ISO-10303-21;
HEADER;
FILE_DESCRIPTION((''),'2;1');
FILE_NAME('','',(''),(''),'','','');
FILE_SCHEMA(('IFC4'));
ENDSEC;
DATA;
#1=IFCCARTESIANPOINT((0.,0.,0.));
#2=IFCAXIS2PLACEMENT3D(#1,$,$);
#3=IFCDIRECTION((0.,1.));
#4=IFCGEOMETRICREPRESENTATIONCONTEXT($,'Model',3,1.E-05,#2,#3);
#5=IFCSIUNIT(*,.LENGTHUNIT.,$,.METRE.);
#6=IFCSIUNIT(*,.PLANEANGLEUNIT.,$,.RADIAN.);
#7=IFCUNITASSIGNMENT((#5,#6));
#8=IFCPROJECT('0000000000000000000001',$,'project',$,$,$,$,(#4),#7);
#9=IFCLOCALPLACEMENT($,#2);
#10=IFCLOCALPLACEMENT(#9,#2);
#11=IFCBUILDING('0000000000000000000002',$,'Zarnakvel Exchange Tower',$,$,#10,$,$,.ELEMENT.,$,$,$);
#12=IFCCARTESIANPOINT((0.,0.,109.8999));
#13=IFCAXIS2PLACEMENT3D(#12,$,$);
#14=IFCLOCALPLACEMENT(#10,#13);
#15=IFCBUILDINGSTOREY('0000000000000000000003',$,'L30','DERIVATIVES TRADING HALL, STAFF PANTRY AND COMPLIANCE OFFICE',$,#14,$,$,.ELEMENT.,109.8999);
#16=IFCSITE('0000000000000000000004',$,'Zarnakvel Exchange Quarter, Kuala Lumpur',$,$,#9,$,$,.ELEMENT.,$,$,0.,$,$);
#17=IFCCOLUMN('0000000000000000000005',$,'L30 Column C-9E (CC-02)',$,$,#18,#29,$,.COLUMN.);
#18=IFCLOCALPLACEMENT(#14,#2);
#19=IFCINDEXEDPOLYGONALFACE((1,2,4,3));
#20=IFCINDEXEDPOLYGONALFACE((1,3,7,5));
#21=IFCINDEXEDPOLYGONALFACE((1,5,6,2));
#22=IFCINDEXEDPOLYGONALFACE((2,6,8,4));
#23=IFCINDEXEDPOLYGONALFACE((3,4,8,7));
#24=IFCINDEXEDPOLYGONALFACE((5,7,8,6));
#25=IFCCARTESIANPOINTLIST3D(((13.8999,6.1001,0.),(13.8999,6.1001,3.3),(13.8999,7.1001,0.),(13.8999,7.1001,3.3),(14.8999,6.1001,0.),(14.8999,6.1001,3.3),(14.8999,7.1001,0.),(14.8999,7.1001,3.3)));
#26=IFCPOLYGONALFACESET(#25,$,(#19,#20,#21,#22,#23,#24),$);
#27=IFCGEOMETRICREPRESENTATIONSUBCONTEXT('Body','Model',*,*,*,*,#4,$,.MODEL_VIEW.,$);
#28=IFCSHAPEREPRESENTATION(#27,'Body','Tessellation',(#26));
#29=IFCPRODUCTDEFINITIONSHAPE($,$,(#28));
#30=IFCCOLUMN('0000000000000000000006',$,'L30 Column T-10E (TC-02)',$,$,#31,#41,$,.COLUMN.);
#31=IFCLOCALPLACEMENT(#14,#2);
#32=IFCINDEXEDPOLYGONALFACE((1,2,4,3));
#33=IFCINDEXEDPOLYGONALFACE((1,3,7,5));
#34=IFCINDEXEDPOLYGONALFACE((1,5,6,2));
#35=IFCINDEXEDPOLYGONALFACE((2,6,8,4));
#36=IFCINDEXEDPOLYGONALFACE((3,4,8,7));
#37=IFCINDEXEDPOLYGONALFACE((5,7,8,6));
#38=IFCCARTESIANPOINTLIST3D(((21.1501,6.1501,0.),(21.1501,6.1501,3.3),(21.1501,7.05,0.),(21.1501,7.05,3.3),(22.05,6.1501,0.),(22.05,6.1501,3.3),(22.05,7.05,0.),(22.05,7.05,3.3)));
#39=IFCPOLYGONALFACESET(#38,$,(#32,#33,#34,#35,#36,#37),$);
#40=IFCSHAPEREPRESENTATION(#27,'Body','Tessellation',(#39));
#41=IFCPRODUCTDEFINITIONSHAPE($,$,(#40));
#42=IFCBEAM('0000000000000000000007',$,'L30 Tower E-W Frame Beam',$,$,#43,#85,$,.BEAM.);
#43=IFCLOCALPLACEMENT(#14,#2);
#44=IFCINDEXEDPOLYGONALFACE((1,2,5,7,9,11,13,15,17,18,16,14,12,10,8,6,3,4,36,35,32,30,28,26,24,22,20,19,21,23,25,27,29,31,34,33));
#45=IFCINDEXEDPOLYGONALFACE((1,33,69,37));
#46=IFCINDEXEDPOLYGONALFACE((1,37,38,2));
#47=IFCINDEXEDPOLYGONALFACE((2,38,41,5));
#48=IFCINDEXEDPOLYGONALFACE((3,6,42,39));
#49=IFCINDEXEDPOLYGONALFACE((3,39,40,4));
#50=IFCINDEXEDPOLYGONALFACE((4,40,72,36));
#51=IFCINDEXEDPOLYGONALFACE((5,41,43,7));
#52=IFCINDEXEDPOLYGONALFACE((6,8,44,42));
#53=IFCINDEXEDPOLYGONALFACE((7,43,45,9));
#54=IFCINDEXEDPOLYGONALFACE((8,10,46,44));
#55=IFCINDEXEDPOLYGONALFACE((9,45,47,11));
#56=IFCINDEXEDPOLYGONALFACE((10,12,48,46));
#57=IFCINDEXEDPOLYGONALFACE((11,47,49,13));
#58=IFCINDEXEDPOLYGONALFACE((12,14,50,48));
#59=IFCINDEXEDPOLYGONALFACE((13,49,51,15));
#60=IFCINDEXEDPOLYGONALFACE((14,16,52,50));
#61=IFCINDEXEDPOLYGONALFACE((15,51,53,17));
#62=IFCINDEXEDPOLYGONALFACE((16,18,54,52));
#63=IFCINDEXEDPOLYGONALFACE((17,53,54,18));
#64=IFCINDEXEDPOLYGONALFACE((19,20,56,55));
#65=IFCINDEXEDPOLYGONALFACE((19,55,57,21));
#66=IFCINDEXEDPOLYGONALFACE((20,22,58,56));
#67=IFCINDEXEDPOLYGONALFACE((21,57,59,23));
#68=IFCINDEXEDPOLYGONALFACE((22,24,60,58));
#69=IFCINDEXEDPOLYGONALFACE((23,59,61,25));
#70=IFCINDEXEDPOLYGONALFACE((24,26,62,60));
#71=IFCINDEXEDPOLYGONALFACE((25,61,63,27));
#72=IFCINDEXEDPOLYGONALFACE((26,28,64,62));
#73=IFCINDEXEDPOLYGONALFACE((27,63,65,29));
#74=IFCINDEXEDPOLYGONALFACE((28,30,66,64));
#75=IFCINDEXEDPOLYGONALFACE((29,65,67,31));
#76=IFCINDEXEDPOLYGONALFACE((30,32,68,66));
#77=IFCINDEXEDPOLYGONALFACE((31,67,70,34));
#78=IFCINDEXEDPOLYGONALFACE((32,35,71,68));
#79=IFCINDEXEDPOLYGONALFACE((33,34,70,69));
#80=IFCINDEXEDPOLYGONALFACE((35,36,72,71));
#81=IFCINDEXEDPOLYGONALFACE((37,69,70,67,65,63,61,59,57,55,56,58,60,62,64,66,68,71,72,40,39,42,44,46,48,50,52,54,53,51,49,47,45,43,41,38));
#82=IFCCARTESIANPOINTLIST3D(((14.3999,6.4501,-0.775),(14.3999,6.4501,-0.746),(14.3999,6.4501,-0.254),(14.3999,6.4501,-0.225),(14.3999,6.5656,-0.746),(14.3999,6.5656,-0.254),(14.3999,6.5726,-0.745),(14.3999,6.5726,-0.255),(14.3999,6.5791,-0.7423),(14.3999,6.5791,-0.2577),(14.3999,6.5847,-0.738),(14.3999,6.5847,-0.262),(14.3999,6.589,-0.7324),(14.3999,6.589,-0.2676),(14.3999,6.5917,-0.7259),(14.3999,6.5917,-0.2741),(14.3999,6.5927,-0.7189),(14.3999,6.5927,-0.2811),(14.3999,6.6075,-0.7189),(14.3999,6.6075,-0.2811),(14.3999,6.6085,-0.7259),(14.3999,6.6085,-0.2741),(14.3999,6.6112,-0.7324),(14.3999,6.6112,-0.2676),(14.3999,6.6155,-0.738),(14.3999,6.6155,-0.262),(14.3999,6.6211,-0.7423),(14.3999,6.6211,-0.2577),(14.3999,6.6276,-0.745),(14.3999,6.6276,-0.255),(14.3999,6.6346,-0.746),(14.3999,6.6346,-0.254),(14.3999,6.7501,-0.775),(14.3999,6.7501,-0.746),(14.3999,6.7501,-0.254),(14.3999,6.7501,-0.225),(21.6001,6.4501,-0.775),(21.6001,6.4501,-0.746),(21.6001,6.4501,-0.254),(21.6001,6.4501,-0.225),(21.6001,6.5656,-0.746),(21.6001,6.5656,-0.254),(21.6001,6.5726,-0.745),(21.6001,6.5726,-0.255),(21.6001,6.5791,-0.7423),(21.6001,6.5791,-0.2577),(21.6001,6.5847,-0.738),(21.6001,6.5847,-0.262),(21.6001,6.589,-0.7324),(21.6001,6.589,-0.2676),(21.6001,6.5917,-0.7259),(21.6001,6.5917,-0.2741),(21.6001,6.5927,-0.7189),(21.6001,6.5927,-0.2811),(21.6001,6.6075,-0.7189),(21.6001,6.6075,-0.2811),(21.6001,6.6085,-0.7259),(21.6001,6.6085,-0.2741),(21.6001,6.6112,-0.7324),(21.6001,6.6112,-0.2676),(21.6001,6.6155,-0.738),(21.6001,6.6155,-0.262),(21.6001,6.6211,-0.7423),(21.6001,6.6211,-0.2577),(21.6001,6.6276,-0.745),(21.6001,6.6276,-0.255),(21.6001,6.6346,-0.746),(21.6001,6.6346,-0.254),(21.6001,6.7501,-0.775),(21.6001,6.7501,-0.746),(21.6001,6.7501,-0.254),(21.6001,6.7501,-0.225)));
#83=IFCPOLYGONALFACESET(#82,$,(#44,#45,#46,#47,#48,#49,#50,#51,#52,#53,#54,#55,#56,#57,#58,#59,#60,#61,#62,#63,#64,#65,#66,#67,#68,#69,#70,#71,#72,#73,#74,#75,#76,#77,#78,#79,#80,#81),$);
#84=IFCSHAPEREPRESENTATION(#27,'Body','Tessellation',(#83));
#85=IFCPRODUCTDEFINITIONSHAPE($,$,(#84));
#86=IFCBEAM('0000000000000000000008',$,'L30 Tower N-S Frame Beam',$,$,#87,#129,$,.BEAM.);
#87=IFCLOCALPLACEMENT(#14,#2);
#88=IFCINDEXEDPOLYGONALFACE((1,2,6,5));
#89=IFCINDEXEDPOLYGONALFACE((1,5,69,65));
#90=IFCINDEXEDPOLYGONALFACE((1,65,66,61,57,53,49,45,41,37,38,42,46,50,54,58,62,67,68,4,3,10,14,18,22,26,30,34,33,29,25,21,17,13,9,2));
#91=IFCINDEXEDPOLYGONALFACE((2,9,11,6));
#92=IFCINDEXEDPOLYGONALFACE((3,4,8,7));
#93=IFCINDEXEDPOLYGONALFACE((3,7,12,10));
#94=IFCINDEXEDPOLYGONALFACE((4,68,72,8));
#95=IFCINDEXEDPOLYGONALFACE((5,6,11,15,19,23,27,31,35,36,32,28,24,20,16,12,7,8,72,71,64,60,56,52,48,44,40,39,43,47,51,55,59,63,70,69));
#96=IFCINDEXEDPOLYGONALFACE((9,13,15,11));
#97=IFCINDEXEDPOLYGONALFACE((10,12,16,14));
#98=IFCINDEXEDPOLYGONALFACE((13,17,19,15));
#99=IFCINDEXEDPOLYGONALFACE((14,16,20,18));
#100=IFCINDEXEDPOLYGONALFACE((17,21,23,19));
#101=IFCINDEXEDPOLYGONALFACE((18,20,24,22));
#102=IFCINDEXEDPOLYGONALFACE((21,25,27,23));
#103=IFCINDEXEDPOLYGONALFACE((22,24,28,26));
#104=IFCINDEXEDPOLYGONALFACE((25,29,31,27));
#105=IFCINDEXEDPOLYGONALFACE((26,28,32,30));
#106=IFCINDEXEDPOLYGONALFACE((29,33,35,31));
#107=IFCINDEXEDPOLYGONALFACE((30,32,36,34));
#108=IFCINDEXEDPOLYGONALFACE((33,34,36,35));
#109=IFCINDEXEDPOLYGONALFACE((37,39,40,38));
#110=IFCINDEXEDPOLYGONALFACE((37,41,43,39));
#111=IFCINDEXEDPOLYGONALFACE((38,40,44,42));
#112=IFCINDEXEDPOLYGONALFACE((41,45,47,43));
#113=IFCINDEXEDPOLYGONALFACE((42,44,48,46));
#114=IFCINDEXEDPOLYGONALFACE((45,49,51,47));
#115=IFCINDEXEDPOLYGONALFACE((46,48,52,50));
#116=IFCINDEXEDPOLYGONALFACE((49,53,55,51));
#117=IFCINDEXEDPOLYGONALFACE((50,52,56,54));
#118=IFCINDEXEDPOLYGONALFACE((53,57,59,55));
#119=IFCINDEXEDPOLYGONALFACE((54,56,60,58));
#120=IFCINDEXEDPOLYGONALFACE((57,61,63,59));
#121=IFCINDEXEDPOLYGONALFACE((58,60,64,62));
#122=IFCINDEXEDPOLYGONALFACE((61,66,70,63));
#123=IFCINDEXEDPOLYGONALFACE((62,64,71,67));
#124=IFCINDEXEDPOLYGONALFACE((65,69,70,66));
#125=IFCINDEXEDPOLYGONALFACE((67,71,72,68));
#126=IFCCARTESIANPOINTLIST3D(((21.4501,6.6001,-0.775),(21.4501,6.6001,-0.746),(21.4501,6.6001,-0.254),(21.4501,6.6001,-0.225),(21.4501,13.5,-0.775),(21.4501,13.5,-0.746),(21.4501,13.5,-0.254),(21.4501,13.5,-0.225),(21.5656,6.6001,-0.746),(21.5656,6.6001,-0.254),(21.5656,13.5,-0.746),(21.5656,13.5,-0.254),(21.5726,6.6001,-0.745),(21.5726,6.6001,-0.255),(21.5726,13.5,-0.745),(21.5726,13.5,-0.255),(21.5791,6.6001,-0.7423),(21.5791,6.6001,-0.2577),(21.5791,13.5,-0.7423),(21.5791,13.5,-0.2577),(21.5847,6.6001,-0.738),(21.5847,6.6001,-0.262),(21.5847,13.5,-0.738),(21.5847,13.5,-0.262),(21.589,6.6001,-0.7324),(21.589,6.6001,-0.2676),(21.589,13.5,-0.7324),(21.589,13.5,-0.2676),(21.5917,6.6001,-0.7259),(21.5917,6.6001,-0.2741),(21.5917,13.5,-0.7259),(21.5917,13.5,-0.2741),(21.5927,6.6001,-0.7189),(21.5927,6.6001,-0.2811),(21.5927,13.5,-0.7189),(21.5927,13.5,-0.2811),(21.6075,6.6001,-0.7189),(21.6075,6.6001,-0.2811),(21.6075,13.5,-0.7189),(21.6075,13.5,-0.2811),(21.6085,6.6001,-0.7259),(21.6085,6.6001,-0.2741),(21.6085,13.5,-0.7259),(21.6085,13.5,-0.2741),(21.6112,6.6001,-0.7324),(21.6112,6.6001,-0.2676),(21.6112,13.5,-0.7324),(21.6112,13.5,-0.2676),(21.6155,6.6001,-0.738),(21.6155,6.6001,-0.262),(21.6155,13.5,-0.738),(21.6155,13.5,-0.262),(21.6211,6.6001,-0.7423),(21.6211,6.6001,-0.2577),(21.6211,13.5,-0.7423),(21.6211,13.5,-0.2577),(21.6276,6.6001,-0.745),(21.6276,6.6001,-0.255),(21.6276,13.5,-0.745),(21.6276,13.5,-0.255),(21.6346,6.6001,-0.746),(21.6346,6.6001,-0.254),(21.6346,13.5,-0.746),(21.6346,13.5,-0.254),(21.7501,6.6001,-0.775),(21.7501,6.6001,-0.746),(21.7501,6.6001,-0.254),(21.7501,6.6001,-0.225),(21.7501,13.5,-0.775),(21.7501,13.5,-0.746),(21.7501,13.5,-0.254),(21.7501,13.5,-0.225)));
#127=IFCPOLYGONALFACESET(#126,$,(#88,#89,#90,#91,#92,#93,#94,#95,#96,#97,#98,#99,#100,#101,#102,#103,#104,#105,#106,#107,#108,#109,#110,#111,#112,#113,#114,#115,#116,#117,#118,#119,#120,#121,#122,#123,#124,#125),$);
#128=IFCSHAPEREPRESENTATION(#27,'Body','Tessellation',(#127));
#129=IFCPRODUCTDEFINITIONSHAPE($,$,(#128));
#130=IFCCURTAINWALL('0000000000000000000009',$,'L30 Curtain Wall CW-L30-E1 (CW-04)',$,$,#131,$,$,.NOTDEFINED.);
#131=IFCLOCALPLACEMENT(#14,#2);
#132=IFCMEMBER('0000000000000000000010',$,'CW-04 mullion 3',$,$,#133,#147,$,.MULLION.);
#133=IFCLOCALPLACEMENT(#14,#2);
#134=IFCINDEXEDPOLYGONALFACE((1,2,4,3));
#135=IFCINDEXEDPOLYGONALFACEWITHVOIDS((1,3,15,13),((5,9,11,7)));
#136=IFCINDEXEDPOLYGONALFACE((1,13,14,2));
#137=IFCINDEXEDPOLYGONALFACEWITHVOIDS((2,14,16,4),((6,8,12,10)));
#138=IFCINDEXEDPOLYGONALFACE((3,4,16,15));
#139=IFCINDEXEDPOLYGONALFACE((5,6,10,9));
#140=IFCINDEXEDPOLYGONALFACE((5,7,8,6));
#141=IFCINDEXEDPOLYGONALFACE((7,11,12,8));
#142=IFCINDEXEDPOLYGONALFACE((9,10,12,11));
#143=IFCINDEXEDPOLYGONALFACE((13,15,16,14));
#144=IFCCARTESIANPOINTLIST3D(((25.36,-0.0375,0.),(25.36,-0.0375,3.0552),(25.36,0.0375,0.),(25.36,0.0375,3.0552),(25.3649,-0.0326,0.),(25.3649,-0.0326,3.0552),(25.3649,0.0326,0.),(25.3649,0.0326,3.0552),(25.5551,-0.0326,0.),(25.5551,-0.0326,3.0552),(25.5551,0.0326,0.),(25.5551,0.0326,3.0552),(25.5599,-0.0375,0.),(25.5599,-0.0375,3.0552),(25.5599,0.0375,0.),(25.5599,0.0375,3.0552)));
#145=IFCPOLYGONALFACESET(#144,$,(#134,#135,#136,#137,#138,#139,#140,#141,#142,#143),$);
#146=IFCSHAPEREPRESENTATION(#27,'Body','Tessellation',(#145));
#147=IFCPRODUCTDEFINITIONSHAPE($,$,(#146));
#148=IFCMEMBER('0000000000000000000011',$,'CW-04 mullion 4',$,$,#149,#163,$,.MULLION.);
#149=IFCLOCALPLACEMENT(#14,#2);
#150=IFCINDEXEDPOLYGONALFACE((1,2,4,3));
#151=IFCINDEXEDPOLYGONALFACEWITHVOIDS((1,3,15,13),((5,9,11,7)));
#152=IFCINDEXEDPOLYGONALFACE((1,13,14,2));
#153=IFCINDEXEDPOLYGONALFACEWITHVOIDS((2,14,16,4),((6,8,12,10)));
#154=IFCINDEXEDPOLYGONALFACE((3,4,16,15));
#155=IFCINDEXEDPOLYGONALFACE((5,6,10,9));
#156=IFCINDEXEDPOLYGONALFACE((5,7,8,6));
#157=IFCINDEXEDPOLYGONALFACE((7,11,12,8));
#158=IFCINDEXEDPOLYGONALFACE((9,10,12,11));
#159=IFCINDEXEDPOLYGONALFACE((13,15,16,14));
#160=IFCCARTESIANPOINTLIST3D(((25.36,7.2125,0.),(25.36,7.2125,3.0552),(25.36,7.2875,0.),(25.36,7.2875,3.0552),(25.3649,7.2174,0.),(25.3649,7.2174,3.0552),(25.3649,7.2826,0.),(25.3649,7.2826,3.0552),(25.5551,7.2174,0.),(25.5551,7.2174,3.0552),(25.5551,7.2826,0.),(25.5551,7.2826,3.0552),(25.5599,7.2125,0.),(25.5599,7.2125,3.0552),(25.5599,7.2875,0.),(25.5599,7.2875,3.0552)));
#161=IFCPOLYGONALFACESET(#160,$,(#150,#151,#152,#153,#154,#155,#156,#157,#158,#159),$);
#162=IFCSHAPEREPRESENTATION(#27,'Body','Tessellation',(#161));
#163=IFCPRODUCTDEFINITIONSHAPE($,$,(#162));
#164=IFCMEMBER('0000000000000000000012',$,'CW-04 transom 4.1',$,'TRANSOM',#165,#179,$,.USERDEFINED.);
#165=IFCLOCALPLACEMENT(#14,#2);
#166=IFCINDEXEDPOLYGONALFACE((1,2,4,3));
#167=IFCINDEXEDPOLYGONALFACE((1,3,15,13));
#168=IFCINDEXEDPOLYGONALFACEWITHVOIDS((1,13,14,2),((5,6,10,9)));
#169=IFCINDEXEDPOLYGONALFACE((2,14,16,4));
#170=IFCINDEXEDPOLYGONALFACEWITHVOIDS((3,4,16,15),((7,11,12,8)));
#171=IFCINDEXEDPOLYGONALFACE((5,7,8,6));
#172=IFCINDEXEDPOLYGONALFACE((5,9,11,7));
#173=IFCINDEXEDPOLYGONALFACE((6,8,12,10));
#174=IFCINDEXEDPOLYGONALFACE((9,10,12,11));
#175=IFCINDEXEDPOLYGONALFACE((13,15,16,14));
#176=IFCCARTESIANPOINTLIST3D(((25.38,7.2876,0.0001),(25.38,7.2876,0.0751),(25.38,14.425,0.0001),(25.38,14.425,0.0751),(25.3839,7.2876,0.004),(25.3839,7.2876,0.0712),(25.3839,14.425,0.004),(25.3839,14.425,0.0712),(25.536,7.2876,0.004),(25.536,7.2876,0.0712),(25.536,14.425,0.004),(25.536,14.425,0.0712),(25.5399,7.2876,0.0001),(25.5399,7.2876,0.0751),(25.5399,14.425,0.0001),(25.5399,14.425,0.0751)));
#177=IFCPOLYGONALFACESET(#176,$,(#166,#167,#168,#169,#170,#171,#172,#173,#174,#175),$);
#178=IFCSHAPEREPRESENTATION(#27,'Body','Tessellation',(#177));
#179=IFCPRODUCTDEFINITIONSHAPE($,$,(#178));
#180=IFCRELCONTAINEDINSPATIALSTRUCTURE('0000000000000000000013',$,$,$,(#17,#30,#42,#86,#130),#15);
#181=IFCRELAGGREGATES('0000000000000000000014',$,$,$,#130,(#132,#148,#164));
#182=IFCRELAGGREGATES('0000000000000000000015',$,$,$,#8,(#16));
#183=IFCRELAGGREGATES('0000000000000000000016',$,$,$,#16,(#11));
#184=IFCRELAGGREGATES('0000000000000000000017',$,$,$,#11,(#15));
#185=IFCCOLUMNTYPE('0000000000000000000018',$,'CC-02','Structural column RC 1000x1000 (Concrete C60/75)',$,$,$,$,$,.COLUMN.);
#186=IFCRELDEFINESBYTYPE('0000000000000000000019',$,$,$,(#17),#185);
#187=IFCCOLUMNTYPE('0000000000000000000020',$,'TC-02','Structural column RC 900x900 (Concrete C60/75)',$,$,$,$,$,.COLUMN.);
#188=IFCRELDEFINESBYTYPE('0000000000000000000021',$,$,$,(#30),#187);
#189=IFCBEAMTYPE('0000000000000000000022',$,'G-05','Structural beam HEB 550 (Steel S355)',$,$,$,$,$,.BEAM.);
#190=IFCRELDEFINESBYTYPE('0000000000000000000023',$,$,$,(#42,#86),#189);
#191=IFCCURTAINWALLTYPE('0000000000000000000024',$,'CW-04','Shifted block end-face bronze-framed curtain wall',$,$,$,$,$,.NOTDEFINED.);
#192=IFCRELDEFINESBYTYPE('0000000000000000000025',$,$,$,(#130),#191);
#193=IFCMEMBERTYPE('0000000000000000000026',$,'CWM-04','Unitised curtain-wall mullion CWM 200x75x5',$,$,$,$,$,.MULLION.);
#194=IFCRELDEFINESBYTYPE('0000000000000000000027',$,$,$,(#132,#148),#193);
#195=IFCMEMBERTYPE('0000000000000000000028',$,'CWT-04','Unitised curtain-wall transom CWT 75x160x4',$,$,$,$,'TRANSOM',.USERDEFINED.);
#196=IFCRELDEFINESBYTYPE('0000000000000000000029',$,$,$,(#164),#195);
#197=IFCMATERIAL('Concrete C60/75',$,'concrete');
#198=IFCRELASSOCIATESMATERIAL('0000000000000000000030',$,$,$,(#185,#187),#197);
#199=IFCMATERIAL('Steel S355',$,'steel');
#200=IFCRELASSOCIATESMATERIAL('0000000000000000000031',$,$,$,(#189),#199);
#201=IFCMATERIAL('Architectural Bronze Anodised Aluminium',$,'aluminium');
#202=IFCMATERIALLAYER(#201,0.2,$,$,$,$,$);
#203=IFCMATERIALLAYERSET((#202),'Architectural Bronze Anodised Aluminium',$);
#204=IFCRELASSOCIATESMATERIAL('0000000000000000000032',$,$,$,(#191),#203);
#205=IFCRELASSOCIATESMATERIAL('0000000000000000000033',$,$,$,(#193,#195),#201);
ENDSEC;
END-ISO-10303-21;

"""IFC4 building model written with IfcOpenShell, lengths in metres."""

from ifc_helpers import new_model, si_unit, direction, frame, origin, origin_2d, place, context, subcontext, project, spatial, rectangle, hollow_rectangle, i_section, extrude, source, transform, mapped, material, layer, layer_set, material_profile, profile_set, type_object, element, aggregate, save


model = new_model("IFC4")

# Units and contexts
model_context = context("Model", 3, precision=1e-05, world=origin(), true_north=direction((0.0, 1.0)))
body_context = subcontext(model_context, "Body", "Model", "MODEL_VIEW")
ifc_project = project(units=[si_unit("LENGTHUNIT", "METRE"), si_unit("PLANEANGLEUNIT", "RADIAN")], contexts=[model_context])

# Site, building, storey
site_placement = place(None, origin())
site = spatial("IfcSite", under=ifc_project, at=site_placement, Name="Zarnakvel Exchange Quarter, Kuala Lumpur", CompositionType="ELEMENT", RefElevation=0.0)
building_placement = place(site_placement, origin())
building = spatial("IfcBuilding", under=site, at=building_placement, Name="Zarnakvel Exchange Tower", CompositionType="ELEMENT")
storey_placement = place(building_placement, frame((0.0, 0.0, 109.8999)))
storey = spatial("IfcBuildingStorey", under=building, at=storey_placement, Name="L30", Description="DERIVATIVES TRADING HALL, STAFF PANTRY AND COMPLIANCE OFFICE", CompositionType="ELEMENT", Elevation=109.8999)

# Columns
ifc_material_1 = material(Name="Concrete C60/75", Category="concrete")
ifc_material_profile_1 = material_profile(ifc_material_1, rectangle(XDim=1.0, YDim=1.0, at=origin_2d()))
ifc_profile_set_1 = profile_set([ifc_material_profile_1], Name="Concrete C60/75")
column_type_1 = type_object("IfcColumnType", Name="CC-02", Description="Structural column RC 1000x1000 (Concrete C60/75)", PredefinedType="COLUMN", material=ifc_profile_set_1)
column_1_placement = place(storey_placement, frame((14.3999, 6.6001, 0.0), z_axis=(0.0, 0.0, 1.0), x_axis=(1.0, 0.0, 0.0)))
element("IfcColumn", 1, at=column_1_placement, inside=storey, type_object=column_type_1, Name="L30 Column C-9E (CC-02)", PredefinedType="COLUMN", context=body_context, shape_type="SweptSolid", body=[
    extrude(rectangle(XDim=1.0, YDim=1.0, at=origin_2d()), origin(), (0.0, 0.0, 1.0), 3.3),
])
ifc_material_profile_2 = material_profile(ifc_material_1, rectangle(XDim=0.8999, YDim=0.8999, at=origin_2d()))
ifc_profile_set_2 = profile_set([ifc_material_profile_2], Name="Concrete C60/75")
column_type_2 = type_object("IfcColumnType", Name="TC-02", Description="Structural column RC 900x900 (Concrete C60/75)", PredefinedType="COLUMN", material=ifc_profile_set_2)
column_2_placement = place(storey_placement, frame((21.6001, 6.6001, 0.0), z_axis=(0.0, 0.0, 1.0), x_axis=(1.0, 0.0, 0.0)))
element("IfcColumn", 2, at=column_2_placement, inside=storey, type_object=column_type_2, Name="L30 Column T-10E (TC-02)", PredefinedType="COLUMN", context=body_context, shape_type="SweptSolid", body=[
    extrude(rectangle(XDim=0.8999, YDim=0.8999, at=origin_2d()), origin(), (0.0, 0.0, 1.0), 3.3),
])

# Beams
ifc_material_2 = material(Name="Steel S355", Category="steel")
ifc_material_profile_3 = material_profile(ifc_material_2, i_section(OverallWidth=0.3, OverallDepth=0.55, WebThickness=0.0149, FlangeThickness=0.0291, FilletRadius=0.0271, at=origin_2d()))
ifc_profile_set_3 = profile_set([ifc_material_profile_3], Name="Steel S355")
beam_type = type_object("IfcBeamType", Name="G-05", Description="Structural beam HEB 550 (Steel S355)", PredefinedType="BEAM", material=ifc_profile_set_3)
beam_1_placement = place(storey_placement, frame((14.3999, 6.6001, -0.5), z_axis=(1.0, 0.0, 0.0), x_axis=(0.0, 1.0, 0.0)))
element("IfcBeam", 3, at=beam_1_placement, inside=storey, type_object=beam_type, Name="L30 Tower E-W Frame Beam", PredefinedType="BEAM", context=body_context, shape_type="SweptSolid", body=[
    extrude(i_section(OverallWidth=0.3, OverallDepth=0.55, WebThickness=0.0149, FlangeThickness=0.0291, FilletRadius=0.0271, at=origin_2d()), origin(), (0.0, 0.0, 1.0), 7.2002),
])
beam_2_placement = place(storey_placement, frame((21.6001, 6.6001, -0.5), z_axis=(0.0, 1.0, 0.0), x_axis=(-1.0, 0.0, 0.0)))
element("IfcBeam", 4, at=beam_2_placement, inside=storey, type_object=beam_type, Name="L30 Tower N-S Frame Beam", PredefinedType="BEAM", context=body_context, shape_type="SweptSolid", body=[
    extrude(i_section(OverallWidth=0.3, OverallDepth=0.55, WebThickness=0.0149, FlangeThickness=0.0291, FilletRadius=0.0271, at=origin_2d()), origin(), (0.0, 0.0, 1.0), 6.8999),
])

# Curtain wall, members
ifc_material_3 = material(Name="Architectural Bronze Anodised Aluminium", Category="aluminium")
ifc_layer_1 = layer(ifc_material_3, 0.2)
ifc_layer_set_1 = layer_set([ifc_layer_1], Name="Architectural Bronze Anodised Aluminium")
curtain_wall_type = type_object("IfcCurtainWallType", Name="CW-04", Description="Shifted block end-face bronze-framed curtain wall", PredefinedType="NOTDEFINED", material=ifc_layer_set_1)
curtain_wall_placement = place(storey_placement, origin())
curtain_wall = element("IfcCurtainWall", 5, at=curtain_wall_placement, inside=storey, type_object=curtain_wall_type, Name="L30 Curtain Wall CW-L30-E1 (CW-04)", PredefinedType="NOTDEFINED")
ifc_material_profile_4 = material_profile(ifc_material_3, hollow_rectangle(XDim=0.2, YDim=0.075, WallThickness=0.0049, at=origin_2d()))
ifc_profile_set_4 = profile_set([ifc_material_profile_4], Name="Architectural Bronze Anodised Aluminium")
member_type_1 = type_object("IfcMemberType", Name="CWM-04", Description="Unitised curtain-wall mullion CWM 200x75x5", PredefinedType="MULLION", material=ifc_profile_set_4)
shared_shape_1 = source(origin(), body_context, "Body", "SweptSolid", [
    extrude(hollow_rectangle(XDim=0.2, YDim=0.075, WallThickness=0.0049, at=origin_2d()), origin(), (0.0, 0.0, 1.0), 3.0552),
])
member_1_placement = place(storey_placement, frame((25.46, 0.0, 0.0), z_axis=(0.0, 0.0, 1.0), x_axis=(-1.0, 0.0, 0.0)))
member_1 = element("IfcMember", 6, at=member_1_placement, type_object=member_type_1, Name="CW-04 mullion 3", PredefinedType="MULLION", context=body_context, shape_type="MappedRepresentation", body=[
    mapped(shared_shape_1, transform((0.0, 0.0, 0.0), x_axis=(1.0, 0.0, 0.0), y_axis=(0.0, 1.0, 0.0), z_axis=(0.0, 0.0, 1.0), scale=1.0)),
])
member_2_placement = place(storey_placement, frame((25.46, 7.25, 0.0), z_axis=(0.0, 0.0, 1.0), x_axis=(-1.0, 0.0, 0.0)))
member_2 = element("IfcMember", 7, at=member_2_placement, type_object=member_type_1, Name="CW-04 mullion 4", PredefinedType="MULLION", context=body_context, shape_type="MappedRepresentation", body=[
    mapped(shared_shape_1, transform((0.0, 0.0, 0.0), x_axis=(1.0, 0.0, 0.0), y_axis=(0.0, 1.0, 0.0), z_axis=(0.0, 0.0, 1.0), scale=1.0)),
])
ifc_material_profile_5 = material_profile(ifc_material_3, hollow_rectangle(XDim=0.1599, YDim=0.075, WallThickness=0.0039, at=origin_2d()))
ifc_profile_set_5 = profile_set([ifc_material_profile_5], Name="Architectural Bronze Anodised Aluminium")
member_type_2 = type_object("IfcMemberType", Name="CWT-04", Description="Unitised curtain-wall transom CWT 75x160x4", ElementType="TRANSOM", PredefinedType="USERDEFINED", material=ifc_profile_set_5)
shared_shape_2 = source(origin(), body_context, "Body", "SweptSolid", [
    extrude(hollow_rectangle(XDim=0.1599, YDim=0.075, WallThickness=0.0039, at=origin_2d()), origin(), (0.0, 0.0, 1.0), 7.1375),
])
member_3_placement = place(storey_placement, frame((25.46, 7.2876, 0.0376), z_axis=(0.0, 1.0, 0.0), x_axis=(-1.0, 0.0, 0.0)))
member_3 = element("IfcMember", 8, at=member_3_placement, type_object=member_type_2, Name="CW-04 transom 4.1", ObjectType="TRANSOM", PredefinedType="USERDEFINED", context=body_context, shape_type="MappedRepresentation", body=[
    mapped(shared_shape_2, transform((0.0, 0.0, 0.0), x_axis=(1.0, 0.0, 0.0), y_axis=(0.0, 1.0, 0.0), z_axis=(0.0, 0.0, 1.0), scale=1.0)),
])
aggregate(curtain_wall, [member_1, member_2, member_3])

save(model, "model.ifc")
